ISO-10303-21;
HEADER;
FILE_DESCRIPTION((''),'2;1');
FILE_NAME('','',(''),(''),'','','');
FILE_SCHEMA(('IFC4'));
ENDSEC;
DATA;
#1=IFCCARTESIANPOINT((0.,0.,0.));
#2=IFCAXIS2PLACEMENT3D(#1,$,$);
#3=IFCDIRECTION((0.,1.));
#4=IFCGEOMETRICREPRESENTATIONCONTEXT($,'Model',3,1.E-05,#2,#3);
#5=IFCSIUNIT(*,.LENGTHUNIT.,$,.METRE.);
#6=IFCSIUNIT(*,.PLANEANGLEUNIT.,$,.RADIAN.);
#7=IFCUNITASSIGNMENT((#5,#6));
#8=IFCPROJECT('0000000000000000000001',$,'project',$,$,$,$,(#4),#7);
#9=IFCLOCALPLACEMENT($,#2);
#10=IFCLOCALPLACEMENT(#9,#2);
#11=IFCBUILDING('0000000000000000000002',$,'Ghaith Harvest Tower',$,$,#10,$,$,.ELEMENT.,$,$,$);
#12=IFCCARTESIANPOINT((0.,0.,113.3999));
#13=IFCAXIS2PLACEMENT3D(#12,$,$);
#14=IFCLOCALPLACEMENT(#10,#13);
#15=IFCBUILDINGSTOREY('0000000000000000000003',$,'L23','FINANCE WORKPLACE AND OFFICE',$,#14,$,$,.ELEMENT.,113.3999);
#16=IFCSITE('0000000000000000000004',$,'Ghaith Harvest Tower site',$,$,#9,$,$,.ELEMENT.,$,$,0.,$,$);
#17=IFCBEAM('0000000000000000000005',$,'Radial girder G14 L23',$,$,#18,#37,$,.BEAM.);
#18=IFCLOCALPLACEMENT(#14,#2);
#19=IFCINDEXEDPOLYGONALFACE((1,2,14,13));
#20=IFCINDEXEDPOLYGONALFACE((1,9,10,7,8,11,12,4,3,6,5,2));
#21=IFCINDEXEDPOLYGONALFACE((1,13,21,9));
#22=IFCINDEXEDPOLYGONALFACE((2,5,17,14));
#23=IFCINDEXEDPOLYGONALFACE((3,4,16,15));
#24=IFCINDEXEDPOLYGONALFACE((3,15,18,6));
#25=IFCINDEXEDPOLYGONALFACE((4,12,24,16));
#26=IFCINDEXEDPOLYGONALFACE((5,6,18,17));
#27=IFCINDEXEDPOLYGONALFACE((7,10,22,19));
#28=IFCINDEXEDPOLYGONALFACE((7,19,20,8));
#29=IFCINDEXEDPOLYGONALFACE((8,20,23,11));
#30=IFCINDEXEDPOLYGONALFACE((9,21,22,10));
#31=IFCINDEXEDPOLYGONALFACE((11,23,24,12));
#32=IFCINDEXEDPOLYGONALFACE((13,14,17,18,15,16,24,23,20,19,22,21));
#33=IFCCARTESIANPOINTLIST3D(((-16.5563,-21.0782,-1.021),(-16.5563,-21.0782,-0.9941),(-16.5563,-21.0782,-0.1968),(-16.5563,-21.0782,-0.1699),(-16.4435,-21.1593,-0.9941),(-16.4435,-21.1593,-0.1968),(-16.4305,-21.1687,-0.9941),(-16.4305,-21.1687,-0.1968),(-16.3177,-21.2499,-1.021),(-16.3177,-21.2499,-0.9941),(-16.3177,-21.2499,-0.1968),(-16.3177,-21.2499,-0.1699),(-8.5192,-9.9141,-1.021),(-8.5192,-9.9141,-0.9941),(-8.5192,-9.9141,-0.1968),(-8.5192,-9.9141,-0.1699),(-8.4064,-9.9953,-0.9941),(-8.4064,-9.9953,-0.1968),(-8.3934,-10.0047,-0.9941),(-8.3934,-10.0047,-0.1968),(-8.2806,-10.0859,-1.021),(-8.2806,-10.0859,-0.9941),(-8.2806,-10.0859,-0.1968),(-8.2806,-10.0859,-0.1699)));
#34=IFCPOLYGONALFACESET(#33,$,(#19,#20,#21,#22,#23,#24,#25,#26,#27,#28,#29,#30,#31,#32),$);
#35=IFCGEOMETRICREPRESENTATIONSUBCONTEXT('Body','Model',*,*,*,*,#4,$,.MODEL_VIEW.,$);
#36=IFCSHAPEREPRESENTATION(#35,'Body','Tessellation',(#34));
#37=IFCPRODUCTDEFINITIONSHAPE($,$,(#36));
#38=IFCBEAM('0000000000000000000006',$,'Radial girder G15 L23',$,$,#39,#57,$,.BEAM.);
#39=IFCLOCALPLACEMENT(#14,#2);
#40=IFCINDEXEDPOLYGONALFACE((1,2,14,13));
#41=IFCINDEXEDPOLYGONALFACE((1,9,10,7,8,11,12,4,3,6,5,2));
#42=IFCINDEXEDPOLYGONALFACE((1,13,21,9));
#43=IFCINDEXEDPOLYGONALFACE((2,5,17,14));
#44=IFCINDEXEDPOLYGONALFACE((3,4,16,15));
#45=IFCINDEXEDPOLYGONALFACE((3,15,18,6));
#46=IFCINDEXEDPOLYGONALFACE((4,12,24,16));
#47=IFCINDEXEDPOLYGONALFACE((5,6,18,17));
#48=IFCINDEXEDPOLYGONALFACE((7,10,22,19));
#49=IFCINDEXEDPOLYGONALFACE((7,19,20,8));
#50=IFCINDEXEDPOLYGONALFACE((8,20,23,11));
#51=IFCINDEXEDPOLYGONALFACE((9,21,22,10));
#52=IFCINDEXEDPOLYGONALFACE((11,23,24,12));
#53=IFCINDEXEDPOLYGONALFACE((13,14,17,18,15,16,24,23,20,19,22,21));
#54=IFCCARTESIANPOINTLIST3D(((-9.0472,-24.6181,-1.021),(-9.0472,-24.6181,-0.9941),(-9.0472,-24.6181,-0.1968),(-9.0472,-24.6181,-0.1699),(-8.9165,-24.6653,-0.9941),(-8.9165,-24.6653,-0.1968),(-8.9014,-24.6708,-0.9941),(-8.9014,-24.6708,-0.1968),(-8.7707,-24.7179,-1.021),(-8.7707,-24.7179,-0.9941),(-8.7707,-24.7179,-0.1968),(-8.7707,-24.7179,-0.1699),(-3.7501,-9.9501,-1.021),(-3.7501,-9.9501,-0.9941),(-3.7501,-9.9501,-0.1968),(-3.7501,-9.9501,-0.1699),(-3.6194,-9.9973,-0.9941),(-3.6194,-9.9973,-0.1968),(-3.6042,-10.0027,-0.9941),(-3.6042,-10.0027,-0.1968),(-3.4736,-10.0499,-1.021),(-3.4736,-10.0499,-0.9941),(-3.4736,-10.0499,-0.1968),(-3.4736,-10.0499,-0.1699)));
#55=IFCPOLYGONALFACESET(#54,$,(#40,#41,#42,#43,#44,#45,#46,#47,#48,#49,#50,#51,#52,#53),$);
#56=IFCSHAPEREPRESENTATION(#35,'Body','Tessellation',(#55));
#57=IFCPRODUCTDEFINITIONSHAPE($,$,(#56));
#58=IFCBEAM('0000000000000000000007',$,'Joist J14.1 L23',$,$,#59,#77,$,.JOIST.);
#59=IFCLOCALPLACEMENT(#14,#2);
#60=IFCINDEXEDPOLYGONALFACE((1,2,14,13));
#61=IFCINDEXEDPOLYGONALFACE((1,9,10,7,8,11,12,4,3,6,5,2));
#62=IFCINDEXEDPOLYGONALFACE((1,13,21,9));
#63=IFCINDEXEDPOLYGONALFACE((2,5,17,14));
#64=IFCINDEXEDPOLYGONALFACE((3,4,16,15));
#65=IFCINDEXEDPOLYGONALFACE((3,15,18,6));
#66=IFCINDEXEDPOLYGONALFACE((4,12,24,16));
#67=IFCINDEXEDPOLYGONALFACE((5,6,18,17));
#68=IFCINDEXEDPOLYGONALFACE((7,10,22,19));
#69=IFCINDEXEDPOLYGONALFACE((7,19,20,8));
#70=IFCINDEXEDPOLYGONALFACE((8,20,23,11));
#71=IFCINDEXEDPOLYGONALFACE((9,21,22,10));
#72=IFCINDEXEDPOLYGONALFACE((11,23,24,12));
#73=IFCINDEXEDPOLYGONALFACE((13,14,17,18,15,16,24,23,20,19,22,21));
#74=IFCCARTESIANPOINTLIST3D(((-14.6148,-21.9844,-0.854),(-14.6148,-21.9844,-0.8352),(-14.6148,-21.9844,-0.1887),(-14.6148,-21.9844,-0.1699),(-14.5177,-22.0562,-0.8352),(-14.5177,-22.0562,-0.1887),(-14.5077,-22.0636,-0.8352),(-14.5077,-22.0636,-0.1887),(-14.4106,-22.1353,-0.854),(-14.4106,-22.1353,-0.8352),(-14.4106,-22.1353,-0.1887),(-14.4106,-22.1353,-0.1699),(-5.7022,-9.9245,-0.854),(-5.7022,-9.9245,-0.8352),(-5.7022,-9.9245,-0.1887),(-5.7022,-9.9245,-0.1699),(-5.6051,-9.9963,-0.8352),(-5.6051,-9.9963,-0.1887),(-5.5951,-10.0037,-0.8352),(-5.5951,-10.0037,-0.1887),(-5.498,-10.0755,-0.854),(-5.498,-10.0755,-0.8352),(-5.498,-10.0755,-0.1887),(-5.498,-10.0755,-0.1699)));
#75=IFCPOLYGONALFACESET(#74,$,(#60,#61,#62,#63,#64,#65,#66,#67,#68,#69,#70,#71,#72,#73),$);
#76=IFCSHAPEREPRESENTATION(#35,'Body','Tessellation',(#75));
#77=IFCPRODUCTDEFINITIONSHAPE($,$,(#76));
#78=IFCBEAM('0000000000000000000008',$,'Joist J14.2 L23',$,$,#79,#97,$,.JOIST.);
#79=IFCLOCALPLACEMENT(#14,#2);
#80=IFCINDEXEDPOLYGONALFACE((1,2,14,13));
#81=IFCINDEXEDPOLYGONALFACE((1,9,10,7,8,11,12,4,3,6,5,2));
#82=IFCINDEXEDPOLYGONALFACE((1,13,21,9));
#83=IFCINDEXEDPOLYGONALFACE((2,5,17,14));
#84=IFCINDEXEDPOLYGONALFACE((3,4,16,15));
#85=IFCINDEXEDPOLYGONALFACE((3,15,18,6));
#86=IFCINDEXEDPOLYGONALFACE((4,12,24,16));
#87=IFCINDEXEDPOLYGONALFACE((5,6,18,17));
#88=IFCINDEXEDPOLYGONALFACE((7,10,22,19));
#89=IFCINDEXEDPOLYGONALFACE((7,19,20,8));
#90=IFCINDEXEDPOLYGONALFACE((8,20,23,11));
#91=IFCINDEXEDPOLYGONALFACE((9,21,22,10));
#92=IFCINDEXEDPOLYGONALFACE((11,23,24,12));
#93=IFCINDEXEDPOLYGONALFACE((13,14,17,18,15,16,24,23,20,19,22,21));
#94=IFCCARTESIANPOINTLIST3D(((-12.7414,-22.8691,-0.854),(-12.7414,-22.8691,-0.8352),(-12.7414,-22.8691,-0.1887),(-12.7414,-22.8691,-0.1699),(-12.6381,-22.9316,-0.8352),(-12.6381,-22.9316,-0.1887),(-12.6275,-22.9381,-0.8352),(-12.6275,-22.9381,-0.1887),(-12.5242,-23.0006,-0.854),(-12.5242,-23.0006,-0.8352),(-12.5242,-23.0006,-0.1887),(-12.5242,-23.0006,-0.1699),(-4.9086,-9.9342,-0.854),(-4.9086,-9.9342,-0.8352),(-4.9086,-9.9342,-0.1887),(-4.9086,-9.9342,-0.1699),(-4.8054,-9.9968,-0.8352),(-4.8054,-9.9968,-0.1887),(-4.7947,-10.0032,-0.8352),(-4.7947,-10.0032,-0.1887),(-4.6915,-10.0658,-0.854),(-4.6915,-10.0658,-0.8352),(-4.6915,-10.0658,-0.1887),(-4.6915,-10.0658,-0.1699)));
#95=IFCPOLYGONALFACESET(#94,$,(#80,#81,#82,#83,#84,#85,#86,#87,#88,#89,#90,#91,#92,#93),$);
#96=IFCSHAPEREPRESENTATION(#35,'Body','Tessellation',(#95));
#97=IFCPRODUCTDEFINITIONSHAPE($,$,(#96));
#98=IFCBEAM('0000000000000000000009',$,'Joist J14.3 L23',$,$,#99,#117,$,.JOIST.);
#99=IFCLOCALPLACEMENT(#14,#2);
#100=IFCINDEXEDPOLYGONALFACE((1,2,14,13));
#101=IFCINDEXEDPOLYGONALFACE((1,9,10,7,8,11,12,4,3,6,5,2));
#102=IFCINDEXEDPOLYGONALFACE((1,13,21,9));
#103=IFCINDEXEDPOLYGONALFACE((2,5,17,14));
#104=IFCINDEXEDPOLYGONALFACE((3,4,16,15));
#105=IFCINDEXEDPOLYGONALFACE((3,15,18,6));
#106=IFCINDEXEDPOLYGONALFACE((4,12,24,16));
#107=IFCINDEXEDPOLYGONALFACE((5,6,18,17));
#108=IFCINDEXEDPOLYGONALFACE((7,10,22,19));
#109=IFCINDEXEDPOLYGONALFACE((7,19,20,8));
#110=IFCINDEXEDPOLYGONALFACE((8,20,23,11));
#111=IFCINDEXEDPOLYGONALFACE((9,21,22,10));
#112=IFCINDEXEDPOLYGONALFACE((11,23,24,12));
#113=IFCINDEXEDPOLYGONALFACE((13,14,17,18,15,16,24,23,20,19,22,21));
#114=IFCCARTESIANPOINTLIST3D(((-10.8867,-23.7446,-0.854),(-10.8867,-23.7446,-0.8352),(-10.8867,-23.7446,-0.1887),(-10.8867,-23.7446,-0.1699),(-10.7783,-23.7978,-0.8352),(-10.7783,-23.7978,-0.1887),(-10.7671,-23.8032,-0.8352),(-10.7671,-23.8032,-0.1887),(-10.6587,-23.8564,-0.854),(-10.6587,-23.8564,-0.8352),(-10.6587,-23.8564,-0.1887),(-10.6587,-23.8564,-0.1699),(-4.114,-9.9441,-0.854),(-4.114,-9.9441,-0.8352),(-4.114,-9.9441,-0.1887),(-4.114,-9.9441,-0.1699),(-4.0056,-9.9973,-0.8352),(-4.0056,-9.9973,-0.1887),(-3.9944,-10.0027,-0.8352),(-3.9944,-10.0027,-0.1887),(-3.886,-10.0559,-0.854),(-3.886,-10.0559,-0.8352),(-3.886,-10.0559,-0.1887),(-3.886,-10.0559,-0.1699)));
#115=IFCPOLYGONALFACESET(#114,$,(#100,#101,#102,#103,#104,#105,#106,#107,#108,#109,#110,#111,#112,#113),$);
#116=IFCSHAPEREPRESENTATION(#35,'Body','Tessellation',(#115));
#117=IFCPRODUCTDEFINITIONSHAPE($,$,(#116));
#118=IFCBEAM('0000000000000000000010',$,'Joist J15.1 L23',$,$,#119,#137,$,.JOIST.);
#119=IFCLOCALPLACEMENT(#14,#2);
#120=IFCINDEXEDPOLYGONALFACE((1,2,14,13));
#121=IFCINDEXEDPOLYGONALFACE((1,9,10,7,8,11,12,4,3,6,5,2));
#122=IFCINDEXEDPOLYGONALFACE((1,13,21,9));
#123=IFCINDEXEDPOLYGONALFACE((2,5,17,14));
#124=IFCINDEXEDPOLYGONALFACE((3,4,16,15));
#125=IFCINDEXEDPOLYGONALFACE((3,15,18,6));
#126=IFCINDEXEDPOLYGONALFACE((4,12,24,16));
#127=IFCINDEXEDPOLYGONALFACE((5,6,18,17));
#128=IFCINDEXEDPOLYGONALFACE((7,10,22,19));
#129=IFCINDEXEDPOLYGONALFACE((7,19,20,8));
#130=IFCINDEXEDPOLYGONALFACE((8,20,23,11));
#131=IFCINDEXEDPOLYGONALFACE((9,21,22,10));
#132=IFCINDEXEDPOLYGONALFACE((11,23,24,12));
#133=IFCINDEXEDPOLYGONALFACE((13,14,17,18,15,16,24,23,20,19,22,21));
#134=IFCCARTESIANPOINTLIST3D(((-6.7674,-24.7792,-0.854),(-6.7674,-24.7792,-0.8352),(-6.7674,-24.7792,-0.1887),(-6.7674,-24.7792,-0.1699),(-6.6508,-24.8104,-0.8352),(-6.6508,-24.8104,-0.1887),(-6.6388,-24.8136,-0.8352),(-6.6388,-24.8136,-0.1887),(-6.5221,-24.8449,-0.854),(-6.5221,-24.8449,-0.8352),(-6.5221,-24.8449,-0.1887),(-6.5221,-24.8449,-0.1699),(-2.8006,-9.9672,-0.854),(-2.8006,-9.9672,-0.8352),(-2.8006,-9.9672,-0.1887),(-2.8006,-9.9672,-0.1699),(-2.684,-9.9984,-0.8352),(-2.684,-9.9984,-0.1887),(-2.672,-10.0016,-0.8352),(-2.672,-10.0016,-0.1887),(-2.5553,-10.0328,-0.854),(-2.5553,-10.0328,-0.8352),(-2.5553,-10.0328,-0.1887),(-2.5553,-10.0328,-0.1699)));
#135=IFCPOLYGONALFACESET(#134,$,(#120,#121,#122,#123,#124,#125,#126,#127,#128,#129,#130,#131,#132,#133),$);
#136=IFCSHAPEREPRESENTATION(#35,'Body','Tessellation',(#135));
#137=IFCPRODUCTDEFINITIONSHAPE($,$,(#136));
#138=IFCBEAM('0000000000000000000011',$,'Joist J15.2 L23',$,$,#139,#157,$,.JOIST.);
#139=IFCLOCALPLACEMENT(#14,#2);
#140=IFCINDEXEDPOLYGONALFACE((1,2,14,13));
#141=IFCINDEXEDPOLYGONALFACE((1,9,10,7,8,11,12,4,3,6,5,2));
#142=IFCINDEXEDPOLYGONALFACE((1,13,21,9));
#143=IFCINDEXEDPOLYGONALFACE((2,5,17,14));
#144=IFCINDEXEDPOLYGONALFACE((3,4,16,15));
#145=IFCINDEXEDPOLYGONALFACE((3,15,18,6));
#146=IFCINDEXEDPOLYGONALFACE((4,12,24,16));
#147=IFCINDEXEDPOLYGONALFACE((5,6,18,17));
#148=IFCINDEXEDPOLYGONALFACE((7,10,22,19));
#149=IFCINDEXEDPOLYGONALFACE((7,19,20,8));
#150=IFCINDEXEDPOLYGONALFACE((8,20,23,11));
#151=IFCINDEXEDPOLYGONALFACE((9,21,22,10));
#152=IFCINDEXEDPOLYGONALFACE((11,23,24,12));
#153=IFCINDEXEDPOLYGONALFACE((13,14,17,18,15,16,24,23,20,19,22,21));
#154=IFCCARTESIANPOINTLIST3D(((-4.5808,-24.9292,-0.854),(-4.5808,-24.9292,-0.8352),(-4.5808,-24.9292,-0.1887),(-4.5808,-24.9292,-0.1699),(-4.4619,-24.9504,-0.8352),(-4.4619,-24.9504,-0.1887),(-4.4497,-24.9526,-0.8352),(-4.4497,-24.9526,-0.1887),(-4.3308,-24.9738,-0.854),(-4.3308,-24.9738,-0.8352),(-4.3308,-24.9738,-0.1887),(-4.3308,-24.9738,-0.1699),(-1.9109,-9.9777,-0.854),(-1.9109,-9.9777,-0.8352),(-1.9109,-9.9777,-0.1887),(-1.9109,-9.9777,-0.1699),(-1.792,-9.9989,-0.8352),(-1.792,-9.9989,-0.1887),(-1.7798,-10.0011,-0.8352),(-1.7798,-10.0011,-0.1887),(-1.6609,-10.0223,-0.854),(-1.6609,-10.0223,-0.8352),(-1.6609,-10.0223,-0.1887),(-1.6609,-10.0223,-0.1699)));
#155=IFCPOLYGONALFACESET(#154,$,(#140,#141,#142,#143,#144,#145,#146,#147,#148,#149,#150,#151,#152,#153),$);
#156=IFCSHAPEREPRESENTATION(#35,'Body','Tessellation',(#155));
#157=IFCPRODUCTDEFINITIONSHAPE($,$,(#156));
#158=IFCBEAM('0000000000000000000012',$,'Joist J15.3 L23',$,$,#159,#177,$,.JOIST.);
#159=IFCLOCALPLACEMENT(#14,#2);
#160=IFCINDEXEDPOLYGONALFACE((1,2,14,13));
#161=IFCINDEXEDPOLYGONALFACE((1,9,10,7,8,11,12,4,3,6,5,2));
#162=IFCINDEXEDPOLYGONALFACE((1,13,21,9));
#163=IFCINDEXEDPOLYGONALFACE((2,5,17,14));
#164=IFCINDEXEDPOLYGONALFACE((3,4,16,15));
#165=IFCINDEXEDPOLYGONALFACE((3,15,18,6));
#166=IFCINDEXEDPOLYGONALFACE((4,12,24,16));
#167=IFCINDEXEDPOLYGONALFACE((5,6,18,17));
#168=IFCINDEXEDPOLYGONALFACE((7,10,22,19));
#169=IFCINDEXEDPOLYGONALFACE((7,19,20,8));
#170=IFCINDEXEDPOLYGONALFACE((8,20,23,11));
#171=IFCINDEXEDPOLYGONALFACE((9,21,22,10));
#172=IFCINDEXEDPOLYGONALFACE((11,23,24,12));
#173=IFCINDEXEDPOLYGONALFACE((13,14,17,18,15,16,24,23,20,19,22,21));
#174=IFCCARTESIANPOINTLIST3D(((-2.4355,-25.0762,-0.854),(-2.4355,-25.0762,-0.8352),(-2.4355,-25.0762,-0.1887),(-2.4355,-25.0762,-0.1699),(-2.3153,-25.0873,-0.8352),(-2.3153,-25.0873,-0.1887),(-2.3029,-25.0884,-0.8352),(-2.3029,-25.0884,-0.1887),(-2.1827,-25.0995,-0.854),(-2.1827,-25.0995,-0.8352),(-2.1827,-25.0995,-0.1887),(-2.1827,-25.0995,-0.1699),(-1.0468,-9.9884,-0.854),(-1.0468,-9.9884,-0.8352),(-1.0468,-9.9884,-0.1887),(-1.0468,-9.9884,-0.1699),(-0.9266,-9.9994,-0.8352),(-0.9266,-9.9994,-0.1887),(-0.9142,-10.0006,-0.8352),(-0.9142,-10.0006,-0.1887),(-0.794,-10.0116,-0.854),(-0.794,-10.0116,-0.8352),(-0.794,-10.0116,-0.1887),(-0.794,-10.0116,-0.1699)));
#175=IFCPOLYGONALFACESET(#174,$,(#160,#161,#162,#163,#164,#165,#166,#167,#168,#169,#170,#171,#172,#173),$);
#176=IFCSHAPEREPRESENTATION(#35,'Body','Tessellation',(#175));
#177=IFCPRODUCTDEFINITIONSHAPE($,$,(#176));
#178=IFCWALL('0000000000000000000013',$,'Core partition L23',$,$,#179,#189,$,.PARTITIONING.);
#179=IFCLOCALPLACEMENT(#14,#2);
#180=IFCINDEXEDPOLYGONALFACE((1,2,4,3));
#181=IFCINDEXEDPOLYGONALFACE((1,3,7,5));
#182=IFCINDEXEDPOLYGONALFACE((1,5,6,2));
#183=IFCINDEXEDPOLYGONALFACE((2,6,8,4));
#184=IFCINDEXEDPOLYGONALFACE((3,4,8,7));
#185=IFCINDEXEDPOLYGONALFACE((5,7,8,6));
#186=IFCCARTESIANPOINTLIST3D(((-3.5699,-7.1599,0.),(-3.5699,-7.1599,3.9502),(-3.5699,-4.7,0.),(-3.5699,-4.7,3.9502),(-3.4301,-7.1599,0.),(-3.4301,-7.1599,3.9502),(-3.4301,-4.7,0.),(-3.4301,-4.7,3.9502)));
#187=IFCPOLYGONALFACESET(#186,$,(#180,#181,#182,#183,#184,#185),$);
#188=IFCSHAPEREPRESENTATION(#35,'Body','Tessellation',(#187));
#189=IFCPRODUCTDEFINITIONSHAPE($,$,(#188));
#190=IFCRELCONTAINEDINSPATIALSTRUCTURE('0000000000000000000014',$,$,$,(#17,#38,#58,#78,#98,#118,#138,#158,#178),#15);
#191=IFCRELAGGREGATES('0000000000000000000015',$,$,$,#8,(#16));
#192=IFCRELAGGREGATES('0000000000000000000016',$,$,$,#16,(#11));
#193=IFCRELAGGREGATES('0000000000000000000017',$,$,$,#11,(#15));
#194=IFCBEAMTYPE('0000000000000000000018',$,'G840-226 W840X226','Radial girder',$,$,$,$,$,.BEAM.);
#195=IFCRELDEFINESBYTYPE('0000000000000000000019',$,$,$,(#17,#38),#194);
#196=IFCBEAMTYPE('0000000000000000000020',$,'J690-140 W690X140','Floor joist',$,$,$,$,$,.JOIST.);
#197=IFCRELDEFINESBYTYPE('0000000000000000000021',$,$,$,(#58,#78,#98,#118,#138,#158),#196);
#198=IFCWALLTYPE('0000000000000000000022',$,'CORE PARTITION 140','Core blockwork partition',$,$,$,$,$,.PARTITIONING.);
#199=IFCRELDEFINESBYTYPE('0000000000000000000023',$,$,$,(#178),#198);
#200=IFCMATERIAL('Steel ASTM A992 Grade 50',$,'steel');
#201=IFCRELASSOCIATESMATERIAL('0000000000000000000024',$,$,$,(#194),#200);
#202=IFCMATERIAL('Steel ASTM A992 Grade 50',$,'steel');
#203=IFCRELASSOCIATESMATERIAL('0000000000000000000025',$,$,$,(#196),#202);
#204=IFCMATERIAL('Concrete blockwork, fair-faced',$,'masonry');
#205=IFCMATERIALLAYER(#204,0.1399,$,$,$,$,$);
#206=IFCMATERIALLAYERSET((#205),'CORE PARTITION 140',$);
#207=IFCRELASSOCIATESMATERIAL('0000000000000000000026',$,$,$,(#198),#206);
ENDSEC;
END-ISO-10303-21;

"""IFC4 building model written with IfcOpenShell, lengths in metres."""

from ifc_helpers import new_model, si_unit, direction, frame, frame_2d, origin, origin_2d, place, context, subcontext, project, spatial, rectangle, i_section, extrude, material, layer, layer_set, material_profile, profile_set, type_object, element, save


model = new_model("IFC4")

# Units and contexts
model_context = context("Model", 3, precision=1e-05, world=origin(), true_north=direction((0.0, 1.0)))
body_context = subcontext(model_context, "Body", "Model", "MODEL_VIEW")
ifc_project = project(units=[si_unit("LENGTHUNIT", "METRE"), si_unit("PLANEANGLEUNIT", "RADIAN")], contexts=[model_context])

# Site, building, storey
site_placement = place(None, origin())
site = spatial("IfcSite", under=ifc_project, at=site_placement, Name="Ghaith Harvest Tower site", CompositionType="ELEMENT", RefElevation=0.0)
building_placement = place(site_placement, origin())
building = spatial("IfcBuilding", under=site, at=building_placement, Name="Ghaith Harvest Tower", CompositionType="ELEMENT")
storey_placement = place(building_placement, frame((0.0, 0.0, 113.3999)))
storey = spatial("IfcBuildingStorey", under=building, at=storey_placement, Name="L23", Description="FINANCE WORKPLACE AND OFFICE", CompositionType="ELEMENT", Elevation=113.3999)

# Beams
ifc_material_1 = material(Name="Steel ASTM A992 Grade 50", Category="steel")
ifc_material_profile_1 = material_profile(ifc_material_1, i_section(OverallWidth=0.2939, OverallDepth=0.8511, WebThickness=0.0161, FlangeThickness=0.0269, at=origin_2d()), Name="W840X226")
ifc_profile_set_1 = profile_set([ifc_material_profile_1], Name="Steel ASTM A992 Grade 50")
beam_type_1 = type_object("IfcBeamType", Name="G840-226 W840X226", Description="Radial girder", PredefinedType="BEAM", material=ifc_profile_set_1)
beam_1_placement = place(storey_placement, frame((-8.3999, -10.0, -0.5955), z_axis=(-0.584256, -0.811569, 0.0), x_axis=(0.811569, -0.584256, 0.0)))
element("IfcBeam", 1, at=beam_1_placement, inside=storey, type_object=beam_type_1, Name="Radial girder G14 L23", PredefinedType="BEAM", context=body_context, shape_type="SweptSolid", body=[
    extrude(i_section(OverallWidth=0.2939, OverallDepth=0.8511, WebThickness=0.0161, FlangeThickness=0.0269, at=origin_2d()), origin(), (0.0, 0.0, 1.0), 13.7561),
])
beam_2_placement = place(storey_placement, frame((-3.6118, -10.0, -0.5955), z_axis=(-0.339664, -0.940547, 0.0), x_axis=(0.940547, -0.339664, 0.0)))
element("IfcBeam", 2, at=beam_2_placement, inside=storey, type_object=beam_type_1, Name="Radial girder G15 L23", PredefinedType="BEAM", context=body_context, shape_type="SweptSolid", body=[
    extrude(i_section(OverallWidth=0.2939, OverallDepth=0.8511, WebThickness=0.0161, FlangeThickness=0.0269, at=origin_2d()), origin(), (0.0, 0.0, 1.0), 15.5952),
])
ifc_material_2 = material(Name="Steel ASTM A992 Grade 50", Category="steel")
ifc_material_profile_2 = material_profile(ifc_material_2, i_section(OverallWidth=0.2539, OverallDepth=0.6841, WebThickness=0.0125, FlangeThickness=0.0188, at=origin_2d()), Name="W690X140")
ifc_profile_set_2 = profile_set([ifc_material_profile_2], Name="Steel ASTM A992 Grade 50")
beam_type_2 = type_object("IfcBeamType", Name="J690-140 W690X140", Description="Floor joist", PredefinedType="JOIST", material=ifc_profile_set_2)
beam_3_placement = place(storey_placement, frame((-5.6001, -10.0, -0.512), z_axis=(-0.59434, -0.804214, 0.0), x_axis=(0.804214, -0.59434, 0.0)))
element("IfcBeam", 3, at=beam_3_placement, inside=storey, type_object=beam_type_2, Name="Joist J14.1 L23", PredefinedType="JOIST", context=body_context, shape_type="SweptSolid", body=[
    extrude(i_section(OverallWidth=0.2539, OverallDepth=0.6841, WebThickness=0.0125, FlangeThickness=0.0188, at=origin_2d()), origin(), (0.0, 0.0, 1.0), 14.9958),
])
beam_4_placement = place(storey_placement, frame((-4.8, -10.0, -0.512), z_axis=(-0.517986, -0.855389, 0.0), x_axis=(0.855389, -0.517986, 0.0)))
element("IfcBeam", 4, at=beam_4_placement, inside=storey, type_object=beam_type_2, Name="Joist J14.2 L23", PredefinedType="JOIST", context=body_context, shape_type="SweptSolid", body=[
    extrude(i_section(OverallWidth=0.2539, OverallDepth=0.6841, WebThickness=0.0125, FlangeThickness=0.0188, at=origin_2d()), origin(), (0.0, 0.0, 1.0), 15.1216),
])
beam_5_placement = place(storey_placement, frame((-4.0, -10.0, -0.512), z_axis=(-0.440563, -0.897722, 0.0), x_axis=(0.897722, -0.440563, 0.0)))
element("IfcBeam", 5, at=beam_5_placement, inside=storey, type_object=beam_type_2, Name="Joist J14.3 L23", PredefinedType="JOIST", context=body_context, shape_type="SweptSolid", body=[
    extrude(i_section(OverallWidth=0.2539, OverallDepth=0.6841, WebThickness=0.0125, FlangeThickness=0.0188, at=origin_2d()), origin(), (0.0, 0.0, 1.0), 15.3728),
])
beam_6_placement = place(storey_placement, frame((-2.678, -10.0, -0.512), z_axis=(-0.258693, -0.96596, 0.0), x_axis=(0.96596, -0.258693, 0.0)))
element("IfcBeam", 6, at=beam_6_placement, inside=storey, type_object=beam_type_2, Name="Joist J15.1 L23", PredefinedType="JOIST", context=body_context, shape_type="SweptSolid", body=[
    extrude(i_section(OverallWidth=0.2539, OverallDepth=0.6841, WebThickness=0.0125, FlangeThickness=0.0188, at=origin_2d()), origin(), (0.0, 0.0, 1.0), 15.334),
])
beam_7_placement = place(storey_placement, frame((-1.7859, -10.0, -0.512), z_axis=(-0.175792, -0.984427, 0.0), x_axis=(0.984427, -0.175792, 0.0)))
element("IfcBeam", 7, at=beam_7_placement, inside=storey, type_object=beam_type_2, Name="Joist J15.2 L23", PredefinedType="JOIST", context=body_context, shape_type="SweptSolid", body=[
    extrude(i_section(OverallWidth=0.2539, OverallDepth=0.6841, WebThickness=0.0125, FlangeThickness=0.0188, at=origin_2d()), origin(), (0.0, 0.0, 1.0), 15.188),
])
beam_8_placement = place(storey_placement, frame((-0.9204, -10.0, -0.512), z_axis=(-0.091651, -0.995791, 0.0), x_axis=(0.995791, -0.091651, 0.0)))
element("IfcBeam", 8, at=beam_8_placement, inside=storey, type_object=beam_type_2, Name="Joist J15.3 L23", PredefinedType="JOIST", context=body_context, shape_type="SweptSolid", body=[
    extrude(i_section(OverallWidth=0.2539, OverallDepth=0.6841, WebThickness=0.0125, FlangeThickness=0.0188, at=origin_2d()), origin(), (0.0, 0.0, 1.0), 15.1516),
])

# Shared definitions
ifc_material_3 = material(Name="Concrete blockwork, fair-faced", Category="masonry")
ifc_layer_1 = layer(ifc_material_3, 0.1399)
ifc_layer_set_1 = layer_set([ifc_layer_1], Name="CORE PARTITION 140")
wall_type_1 = type_object("IfcWallType", Name="CORE PARTITION 140", Description="Core blockwork partition", PredefinedType="PARTITIONING", material=ifc_layer_set_1)

# Wall
for number, where, z_axis, x_axis, name in (
    (9, (-3.5, -4.7, 0.0), (0.0, 0.0, 1.0), (0.0, -1.0, 0.0), "Core partition L23"),
):
    element("IfcWall", number, at=place(storey_placement, frame(where, z_axis=z_axis, x_axis=x_axis)), inside=storey, type_object=wall_type_1, Name=name, PredefinedType="PARTITIONING", context=body_context, shape_type="SweptSolid", body=[
        extrude(rectangle(XDim=2.46, YDim=0.1399, at=frame_2d((1.23, 0.0))), origin(), (0.0, 0.0, 1.0), 3.9502),
    ])

save(model, "model.ifc")
